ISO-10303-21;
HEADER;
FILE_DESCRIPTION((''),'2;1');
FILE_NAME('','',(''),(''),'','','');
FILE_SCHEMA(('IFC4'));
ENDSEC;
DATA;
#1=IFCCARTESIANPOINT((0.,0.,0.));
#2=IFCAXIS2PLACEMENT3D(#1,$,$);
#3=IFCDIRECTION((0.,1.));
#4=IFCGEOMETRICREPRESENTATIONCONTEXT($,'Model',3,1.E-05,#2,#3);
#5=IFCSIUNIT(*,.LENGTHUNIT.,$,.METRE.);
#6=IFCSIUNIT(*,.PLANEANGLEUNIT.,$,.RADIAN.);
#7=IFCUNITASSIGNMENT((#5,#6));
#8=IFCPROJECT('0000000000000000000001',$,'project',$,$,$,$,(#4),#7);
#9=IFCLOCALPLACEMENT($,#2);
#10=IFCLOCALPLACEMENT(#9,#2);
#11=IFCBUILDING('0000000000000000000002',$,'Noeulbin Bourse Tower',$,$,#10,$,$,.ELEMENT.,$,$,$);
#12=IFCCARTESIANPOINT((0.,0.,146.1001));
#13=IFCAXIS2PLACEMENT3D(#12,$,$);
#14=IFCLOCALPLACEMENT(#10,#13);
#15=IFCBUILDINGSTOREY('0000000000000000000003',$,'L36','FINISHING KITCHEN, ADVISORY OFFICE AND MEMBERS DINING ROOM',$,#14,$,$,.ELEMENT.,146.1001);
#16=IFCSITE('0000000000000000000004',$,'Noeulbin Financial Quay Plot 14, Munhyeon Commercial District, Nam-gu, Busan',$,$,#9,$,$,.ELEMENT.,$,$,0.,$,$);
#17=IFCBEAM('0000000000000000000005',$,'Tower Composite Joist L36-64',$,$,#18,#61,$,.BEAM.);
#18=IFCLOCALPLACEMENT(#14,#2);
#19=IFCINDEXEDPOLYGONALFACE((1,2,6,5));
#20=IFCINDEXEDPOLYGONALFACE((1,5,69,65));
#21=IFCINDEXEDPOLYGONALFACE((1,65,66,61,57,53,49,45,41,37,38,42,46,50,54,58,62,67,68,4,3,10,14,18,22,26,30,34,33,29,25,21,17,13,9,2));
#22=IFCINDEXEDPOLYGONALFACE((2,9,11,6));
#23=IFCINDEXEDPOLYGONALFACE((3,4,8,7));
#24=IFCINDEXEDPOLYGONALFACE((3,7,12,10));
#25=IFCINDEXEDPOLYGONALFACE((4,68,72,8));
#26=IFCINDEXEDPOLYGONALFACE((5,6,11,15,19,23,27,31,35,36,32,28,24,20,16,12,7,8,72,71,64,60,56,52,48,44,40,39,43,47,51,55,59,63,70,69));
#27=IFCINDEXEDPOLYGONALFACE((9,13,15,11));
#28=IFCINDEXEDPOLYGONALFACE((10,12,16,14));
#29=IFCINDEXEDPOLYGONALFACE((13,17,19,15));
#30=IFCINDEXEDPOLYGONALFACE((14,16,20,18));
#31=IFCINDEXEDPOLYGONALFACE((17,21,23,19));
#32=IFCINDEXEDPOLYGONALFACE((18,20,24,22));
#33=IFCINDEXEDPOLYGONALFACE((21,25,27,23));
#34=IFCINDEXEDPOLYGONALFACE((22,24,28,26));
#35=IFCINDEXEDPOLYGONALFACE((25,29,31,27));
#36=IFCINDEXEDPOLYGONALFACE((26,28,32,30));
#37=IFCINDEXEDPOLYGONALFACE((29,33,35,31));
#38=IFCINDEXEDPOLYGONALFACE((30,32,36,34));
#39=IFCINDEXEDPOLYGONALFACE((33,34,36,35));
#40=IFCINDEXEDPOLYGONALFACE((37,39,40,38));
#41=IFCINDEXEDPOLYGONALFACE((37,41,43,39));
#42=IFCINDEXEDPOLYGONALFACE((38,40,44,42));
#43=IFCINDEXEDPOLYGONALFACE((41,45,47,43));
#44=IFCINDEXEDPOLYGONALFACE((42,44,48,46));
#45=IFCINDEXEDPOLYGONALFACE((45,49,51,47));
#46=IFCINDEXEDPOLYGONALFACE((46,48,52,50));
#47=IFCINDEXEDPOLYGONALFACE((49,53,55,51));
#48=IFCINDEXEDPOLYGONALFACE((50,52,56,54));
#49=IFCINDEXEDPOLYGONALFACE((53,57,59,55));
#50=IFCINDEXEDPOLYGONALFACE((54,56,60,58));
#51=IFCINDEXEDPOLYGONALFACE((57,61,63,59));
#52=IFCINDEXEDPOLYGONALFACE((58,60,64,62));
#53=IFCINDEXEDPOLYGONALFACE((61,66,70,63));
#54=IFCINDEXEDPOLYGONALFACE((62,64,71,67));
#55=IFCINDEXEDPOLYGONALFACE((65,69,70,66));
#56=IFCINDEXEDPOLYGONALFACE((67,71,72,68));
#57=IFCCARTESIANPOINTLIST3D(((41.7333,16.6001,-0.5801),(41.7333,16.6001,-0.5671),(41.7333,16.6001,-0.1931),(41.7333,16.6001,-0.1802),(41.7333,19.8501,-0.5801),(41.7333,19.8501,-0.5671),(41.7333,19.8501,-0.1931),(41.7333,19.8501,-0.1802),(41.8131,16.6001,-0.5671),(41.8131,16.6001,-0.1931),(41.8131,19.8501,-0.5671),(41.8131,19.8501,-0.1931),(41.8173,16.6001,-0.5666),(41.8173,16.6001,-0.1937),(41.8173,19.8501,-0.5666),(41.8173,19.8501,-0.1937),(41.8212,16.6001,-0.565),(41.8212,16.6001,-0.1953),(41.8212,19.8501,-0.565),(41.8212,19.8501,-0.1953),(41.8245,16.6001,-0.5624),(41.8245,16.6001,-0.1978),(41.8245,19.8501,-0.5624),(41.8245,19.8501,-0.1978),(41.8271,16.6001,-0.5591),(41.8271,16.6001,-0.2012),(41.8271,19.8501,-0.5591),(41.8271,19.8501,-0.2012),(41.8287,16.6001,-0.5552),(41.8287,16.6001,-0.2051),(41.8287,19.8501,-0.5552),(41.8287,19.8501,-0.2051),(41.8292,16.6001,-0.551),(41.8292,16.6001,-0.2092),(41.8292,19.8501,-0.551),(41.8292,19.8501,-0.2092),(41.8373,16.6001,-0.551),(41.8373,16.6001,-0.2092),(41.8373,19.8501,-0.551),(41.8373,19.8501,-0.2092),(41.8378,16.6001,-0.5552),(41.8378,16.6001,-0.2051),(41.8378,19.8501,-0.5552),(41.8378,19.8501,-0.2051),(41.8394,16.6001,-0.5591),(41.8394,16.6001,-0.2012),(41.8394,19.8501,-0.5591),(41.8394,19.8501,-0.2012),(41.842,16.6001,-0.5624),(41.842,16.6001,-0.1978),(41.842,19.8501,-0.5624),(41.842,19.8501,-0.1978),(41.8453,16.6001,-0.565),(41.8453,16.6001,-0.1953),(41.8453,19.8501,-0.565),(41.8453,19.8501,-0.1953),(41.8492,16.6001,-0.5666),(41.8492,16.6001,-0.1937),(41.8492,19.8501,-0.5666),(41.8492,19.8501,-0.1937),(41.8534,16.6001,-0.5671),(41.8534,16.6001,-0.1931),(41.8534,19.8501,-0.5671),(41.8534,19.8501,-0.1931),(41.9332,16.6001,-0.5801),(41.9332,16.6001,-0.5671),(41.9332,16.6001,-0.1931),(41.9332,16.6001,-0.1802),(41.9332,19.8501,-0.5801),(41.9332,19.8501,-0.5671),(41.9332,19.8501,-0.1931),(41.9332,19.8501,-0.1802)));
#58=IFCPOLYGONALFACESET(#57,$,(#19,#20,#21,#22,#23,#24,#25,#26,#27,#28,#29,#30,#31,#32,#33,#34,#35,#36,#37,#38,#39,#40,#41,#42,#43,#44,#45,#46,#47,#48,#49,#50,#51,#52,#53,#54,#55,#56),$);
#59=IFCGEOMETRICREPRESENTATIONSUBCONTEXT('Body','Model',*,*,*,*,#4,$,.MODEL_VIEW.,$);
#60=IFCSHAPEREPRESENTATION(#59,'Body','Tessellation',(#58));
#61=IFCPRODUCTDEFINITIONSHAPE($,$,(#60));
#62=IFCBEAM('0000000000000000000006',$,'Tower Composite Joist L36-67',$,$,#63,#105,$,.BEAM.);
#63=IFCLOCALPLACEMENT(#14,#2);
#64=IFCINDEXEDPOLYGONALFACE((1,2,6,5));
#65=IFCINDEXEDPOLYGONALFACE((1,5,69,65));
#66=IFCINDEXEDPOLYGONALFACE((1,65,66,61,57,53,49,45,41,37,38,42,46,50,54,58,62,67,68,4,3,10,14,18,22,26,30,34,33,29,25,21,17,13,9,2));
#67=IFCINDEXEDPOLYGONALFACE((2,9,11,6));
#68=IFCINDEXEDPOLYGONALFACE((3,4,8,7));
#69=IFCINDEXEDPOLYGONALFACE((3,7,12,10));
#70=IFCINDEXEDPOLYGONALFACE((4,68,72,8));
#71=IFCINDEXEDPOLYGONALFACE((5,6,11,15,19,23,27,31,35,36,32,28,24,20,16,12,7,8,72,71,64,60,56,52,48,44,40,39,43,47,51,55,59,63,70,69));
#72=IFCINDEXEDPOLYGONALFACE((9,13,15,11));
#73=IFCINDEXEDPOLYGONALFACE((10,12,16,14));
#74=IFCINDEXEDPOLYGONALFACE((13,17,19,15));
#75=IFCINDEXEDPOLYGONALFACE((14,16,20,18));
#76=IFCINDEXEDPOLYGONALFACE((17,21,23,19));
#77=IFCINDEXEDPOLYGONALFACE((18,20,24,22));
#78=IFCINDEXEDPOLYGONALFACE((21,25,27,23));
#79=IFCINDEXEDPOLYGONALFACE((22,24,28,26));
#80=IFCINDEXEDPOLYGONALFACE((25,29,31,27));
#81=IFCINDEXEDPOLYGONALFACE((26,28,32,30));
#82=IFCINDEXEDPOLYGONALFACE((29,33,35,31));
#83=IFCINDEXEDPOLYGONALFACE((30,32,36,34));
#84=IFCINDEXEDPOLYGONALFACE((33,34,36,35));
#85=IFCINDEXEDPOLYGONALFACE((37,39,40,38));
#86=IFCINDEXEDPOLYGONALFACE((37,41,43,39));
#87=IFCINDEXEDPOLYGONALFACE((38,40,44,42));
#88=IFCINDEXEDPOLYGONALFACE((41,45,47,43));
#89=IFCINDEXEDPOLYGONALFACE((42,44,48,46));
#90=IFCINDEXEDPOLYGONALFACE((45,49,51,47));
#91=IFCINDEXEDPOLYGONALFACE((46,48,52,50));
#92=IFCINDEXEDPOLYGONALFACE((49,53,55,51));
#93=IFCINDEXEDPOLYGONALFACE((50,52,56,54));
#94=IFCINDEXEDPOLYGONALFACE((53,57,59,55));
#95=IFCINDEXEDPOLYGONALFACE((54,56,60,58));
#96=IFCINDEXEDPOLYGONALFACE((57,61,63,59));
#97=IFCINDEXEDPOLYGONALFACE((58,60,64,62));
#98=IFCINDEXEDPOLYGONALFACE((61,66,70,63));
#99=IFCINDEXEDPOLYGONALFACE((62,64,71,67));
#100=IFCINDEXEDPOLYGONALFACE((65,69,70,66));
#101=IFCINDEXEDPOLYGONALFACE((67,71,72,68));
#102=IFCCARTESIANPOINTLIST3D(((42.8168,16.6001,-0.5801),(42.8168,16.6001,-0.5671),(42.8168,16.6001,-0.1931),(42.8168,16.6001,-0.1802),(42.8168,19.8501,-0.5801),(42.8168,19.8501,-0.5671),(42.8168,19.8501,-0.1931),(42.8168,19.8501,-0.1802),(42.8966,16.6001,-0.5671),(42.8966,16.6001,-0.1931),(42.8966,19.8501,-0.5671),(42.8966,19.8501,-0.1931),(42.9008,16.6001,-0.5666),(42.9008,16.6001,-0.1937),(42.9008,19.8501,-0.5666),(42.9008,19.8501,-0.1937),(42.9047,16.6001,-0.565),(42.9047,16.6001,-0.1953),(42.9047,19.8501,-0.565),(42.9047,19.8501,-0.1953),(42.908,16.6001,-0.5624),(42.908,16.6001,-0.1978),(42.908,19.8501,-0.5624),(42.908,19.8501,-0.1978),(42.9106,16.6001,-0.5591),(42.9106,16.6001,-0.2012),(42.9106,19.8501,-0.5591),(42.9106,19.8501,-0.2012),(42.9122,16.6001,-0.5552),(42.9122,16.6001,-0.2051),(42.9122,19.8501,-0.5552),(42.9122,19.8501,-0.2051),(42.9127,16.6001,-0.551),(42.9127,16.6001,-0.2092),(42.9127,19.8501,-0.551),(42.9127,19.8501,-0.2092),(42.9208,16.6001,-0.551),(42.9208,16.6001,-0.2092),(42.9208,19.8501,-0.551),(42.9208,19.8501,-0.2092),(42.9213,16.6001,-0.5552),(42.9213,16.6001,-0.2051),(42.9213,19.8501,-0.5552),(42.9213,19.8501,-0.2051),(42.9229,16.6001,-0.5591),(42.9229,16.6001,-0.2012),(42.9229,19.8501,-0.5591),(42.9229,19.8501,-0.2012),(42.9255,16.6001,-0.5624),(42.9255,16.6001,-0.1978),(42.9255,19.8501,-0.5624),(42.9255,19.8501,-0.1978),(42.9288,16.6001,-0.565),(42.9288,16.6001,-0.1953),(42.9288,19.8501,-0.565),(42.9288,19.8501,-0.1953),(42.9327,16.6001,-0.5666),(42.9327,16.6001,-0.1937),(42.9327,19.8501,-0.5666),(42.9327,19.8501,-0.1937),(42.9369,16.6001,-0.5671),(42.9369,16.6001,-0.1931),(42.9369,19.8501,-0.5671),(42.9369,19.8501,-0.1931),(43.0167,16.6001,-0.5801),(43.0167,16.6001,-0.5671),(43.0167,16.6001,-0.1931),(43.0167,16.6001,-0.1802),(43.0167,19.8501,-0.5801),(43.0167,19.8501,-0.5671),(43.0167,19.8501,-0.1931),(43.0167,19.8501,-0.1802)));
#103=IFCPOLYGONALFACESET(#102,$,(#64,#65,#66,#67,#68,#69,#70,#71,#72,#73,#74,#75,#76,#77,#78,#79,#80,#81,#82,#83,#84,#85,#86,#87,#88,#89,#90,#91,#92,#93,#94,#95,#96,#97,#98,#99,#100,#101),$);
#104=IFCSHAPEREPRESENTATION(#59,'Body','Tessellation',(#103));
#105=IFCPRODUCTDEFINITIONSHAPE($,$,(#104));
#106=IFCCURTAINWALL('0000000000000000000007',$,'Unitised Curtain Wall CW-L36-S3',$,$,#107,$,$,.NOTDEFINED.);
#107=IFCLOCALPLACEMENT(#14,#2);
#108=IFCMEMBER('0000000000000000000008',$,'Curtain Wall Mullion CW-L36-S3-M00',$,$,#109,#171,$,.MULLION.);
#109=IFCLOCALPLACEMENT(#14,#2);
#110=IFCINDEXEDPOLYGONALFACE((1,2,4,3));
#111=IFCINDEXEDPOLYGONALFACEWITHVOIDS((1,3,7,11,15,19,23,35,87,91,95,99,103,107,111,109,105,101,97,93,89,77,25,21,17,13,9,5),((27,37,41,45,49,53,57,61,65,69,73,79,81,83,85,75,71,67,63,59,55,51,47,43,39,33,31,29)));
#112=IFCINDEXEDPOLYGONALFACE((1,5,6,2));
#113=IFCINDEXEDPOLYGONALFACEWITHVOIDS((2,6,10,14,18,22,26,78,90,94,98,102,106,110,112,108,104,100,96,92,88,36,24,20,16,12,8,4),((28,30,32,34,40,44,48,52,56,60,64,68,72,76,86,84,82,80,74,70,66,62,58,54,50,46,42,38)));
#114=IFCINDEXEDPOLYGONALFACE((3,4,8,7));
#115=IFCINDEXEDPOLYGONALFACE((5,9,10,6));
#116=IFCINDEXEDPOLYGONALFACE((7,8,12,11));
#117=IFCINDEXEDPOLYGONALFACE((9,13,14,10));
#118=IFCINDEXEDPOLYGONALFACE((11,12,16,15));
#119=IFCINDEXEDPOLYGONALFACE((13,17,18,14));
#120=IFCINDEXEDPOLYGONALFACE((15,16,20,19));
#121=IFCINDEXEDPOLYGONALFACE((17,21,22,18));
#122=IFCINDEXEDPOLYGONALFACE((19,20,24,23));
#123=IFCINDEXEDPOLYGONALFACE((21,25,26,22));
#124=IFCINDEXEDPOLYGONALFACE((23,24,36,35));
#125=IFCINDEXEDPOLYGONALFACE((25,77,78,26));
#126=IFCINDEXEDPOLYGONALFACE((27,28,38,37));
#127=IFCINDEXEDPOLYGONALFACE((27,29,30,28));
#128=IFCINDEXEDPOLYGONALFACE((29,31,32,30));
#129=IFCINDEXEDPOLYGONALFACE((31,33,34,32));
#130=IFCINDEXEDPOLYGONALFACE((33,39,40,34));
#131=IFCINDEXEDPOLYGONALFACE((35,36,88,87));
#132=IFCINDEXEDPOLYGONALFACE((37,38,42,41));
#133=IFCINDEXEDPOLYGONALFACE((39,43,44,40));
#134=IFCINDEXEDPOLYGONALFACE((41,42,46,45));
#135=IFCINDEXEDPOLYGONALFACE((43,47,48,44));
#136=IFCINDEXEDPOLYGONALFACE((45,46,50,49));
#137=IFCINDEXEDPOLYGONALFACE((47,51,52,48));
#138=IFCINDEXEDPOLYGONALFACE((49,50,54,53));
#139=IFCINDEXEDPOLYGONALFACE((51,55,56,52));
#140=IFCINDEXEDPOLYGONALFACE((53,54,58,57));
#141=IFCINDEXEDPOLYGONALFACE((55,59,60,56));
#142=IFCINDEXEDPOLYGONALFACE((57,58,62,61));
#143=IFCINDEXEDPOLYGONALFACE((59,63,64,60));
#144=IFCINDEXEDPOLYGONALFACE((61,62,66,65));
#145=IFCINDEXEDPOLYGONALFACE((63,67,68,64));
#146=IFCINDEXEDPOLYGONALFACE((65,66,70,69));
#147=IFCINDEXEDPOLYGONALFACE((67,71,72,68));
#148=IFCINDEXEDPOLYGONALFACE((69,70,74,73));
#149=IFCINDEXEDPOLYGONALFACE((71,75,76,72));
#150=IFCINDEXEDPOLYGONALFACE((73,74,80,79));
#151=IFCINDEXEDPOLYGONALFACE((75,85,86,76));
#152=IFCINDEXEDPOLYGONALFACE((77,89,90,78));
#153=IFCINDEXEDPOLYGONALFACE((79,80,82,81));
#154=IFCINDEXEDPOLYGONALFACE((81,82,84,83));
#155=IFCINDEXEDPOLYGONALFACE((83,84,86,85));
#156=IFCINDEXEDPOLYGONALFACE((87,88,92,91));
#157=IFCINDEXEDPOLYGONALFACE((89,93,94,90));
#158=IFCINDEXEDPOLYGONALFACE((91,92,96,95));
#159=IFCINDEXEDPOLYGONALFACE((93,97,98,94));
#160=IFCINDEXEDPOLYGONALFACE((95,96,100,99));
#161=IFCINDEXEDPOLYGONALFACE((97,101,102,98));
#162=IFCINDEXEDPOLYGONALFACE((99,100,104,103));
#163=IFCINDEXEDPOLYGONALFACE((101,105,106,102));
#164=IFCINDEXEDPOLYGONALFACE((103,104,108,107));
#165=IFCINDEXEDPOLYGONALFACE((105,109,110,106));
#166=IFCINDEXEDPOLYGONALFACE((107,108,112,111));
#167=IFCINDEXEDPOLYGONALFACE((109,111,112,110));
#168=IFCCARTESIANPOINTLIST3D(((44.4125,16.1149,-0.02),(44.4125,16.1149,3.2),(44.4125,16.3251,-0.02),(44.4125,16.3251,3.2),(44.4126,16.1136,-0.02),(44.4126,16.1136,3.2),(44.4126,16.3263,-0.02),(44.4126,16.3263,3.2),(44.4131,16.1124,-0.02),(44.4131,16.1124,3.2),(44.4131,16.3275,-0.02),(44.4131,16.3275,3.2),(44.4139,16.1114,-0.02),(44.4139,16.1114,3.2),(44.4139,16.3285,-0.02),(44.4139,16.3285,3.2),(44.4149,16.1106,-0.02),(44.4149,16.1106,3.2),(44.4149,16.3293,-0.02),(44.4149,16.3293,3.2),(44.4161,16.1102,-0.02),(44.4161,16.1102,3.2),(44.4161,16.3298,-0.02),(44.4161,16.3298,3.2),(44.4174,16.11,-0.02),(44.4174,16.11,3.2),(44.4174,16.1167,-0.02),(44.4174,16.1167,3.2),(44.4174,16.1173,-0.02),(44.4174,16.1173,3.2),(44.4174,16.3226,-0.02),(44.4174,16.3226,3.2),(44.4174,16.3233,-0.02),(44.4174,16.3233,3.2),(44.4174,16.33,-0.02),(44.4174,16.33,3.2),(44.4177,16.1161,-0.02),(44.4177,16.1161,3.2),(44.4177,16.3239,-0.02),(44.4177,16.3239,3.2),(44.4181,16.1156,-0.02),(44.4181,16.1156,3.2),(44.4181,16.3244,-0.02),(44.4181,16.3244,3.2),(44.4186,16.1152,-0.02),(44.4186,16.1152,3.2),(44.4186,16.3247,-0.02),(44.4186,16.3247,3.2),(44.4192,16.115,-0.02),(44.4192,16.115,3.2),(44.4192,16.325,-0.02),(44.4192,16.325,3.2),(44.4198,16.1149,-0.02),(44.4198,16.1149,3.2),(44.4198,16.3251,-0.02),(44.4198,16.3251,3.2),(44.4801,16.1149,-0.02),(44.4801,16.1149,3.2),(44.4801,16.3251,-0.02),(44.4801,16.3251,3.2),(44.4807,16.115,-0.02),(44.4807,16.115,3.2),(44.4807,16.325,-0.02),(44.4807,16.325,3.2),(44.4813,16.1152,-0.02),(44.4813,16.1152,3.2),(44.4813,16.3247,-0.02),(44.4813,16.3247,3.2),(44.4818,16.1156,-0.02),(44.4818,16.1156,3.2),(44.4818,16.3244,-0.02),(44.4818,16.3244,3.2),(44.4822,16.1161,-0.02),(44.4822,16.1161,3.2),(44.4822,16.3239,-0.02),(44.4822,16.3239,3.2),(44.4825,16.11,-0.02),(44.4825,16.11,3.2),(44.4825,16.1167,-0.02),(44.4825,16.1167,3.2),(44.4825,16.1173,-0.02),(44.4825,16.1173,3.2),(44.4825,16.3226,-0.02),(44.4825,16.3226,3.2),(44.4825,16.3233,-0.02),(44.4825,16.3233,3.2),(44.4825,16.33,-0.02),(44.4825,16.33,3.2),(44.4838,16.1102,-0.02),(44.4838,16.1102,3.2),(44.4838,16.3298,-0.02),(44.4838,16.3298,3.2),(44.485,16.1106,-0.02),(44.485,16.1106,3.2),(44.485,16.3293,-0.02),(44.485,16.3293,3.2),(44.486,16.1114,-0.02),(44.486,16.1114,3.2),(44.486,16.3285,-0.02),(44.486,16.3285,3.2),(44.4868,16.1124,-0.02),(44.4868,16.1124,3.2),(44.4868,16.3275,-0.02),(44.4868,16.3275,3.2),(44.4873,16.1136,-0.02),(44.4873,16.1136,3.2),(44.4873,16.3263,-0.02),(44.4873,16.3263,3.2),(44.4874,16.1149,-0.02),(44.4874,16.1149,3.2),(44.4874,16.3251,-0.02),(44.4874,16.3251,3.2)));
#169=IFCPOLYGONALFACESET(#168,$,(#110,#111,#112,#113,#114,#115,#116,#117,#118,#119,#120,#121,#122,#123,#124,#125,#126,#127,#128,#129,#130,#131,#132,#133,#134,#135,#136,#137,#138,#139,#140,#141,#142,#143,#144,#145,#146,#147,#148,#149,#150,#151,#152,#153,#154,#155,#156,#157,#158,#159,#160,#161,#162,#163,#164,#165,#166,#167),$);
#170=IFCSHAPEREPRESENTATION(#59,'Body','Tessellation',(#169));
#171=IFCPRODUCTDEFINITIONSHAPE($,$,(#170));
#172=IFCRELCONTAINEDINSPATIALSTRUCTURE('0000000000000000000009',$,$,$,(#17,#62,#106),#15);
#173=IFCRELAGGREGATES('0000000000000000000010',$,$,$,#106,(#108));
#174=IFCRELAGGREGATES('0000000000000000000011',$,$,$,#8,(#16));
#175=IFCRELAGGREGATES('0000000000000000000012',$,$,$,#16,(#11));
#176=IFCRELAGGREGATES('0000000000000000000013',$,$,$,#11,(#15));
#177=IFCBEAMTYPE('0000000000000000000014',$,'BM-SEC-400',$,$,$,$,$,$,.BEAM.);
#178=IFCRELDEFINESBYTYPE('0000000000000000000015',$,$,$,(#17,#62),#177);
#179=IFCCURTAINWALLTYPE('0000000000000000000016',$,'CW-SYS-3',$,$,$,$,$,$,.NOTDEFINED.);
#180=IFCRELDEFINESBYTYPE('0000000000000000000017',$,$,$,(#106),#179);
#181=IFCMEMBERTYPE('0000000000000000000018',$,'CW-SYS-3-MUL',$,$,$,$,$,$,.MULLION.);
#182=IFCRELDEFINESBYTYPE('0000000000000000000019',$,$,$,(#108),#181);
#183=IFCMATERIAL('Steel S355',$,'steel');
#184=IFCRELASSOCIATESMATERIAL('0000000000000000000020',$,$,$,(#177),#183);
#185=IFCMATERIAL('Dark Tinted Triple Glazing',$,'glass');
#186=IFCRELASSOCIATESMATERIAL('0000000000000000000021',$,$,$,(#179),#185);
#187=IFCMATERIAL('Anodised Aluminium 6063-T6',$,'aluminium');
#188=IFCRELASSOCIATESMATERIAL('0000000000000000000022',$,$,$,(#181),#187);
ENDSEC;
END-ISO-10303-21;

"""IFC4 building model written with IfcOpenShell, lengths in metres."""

from ifc_helpers import new_model, si_unit, direction, frame, origin, origin_2d, place, context, subcontext, project, spatial, hollow_rectangle, i_section, extrude, material, material_profile, profile_set, type_object, element, aggregate, save


model = new_model("IFC4")

# Units and contexts
model_context = context("Model", 3, precision=1e-05, world=origin(), true_north=direction((0.0, 1.0)))
body_context = subcontext(model_context, "Body", "Model", "MODEL_VIEW")
ifc_project = project(units=[si_unit("LENGTHUNIT", "METRE"), si_unit("PLANEANGLEUNIT", "RADIAN")], contexts=[model_context])

# Site, building, storey
site_placement = place(None, origin())
site = spatial("IfcSite", under=ifc_project, at=site_placement, Name="Noeulbin Financial Quay Plot 14, Munhyeon Commercial District, Nam-gu, Busan", CompositionType="ELEMENT", RefElevation=0.0)
building_placement = place(site_placement, origin())
building = spatial("IfcBuilding", under=site, at=building_placement, Name="Noeulbin Bourse Tower", CompositionType="ELEMENT")
storey_placement = place(building_placement, frame((0.0, 0.0, 146.1001)))
storey = spatial("IfcBuildingStorey", under=building, at=storey_placement, Name="L36", Description="FINISHING KITCHEN, ADVISORY OFFICE AND MEMBERS DINING ROOM", CompositionType="ELEMENT", Elevation=146.1001)

# Shared definitions
ifc_material_1 = material(Name="Steel S355", Category="steel")

# Beams
ifc_material_profile_1 = material_profile(ifc_material_1, i_section(OverallWidth=0.2, OverallDepth=0.3999, WebThickness=0.0081, FlangeThickness=0.0129, FilletRadius=0.0161, at=origin_2d()), Name="H-400x200x8x13", Category="LoadBearing")
ifc_profile_set_1 = profile_set([ifc_material_profile_1], Name="Steel S355")
beam_type_1 = type_object("IfcBeamType", Name="BM-SEC-400", PredefinedType="BEAM", material=ifc_profile_set_1)
for number, where, z_axis, x_axis, name in (
    (1, (41.8333, 16.6001, -0.3801), (0.0, 1.0, 0.0), (-1.0, 0.0, 0.0), "Tower Composite Joist L36-64"),
    (2, (42.9167, 16.6001, -0.3801), (0.0, 1.0, 0.0), (-1.0, 0.0, 0.0), "Tower Composite Joist L36-67"),
):
    element("IfcBeam", number, at=place(storey_placement, frame(where, z_axis=z_axis, x_axis=x_axis)), inside=storey, type_object=beam_type_1, Name=name, PredefinedType="BEAM", context=body_context, shape_type="SweptSolid", body=[
        extrude(i_section(OverallWidth=0.2, OverallDepth=0.3999, WebThickness=0.0081, FlangeThickness=0.0129, FilletRadius=0.0161, at=origin_2d()), origin(), (0.0, 0.0, 1.0), 3.25),
    ])

# Curtain wall, member
ifc_material_2 = material(Name="Dark Tinted Triple Glazing", Category="glass")
curtain_wall_type = type_object("IfcCurtainWallType", Name="CW-SYS-3", PredefinedType="NOTDEFINED", material=ifc_material_2)
curtain_wall_placement = place(storey_placement, origin())
curtain_wall = element("IfcCurtainWall", 3, at=curtain_wall_placement, inside=storey, type_object=curtain_wall_type, Name="Unitised Curtain Wall CW-L36-S3", PredefinedType="NOTDEFINED")
ifc_material_3 = material(Name="Anodised Aluminium 6063-T6", Category="aluminium")
ifc_material_profile_2 = material_profile(ifc_material_3, hollow_rectangle(XDim=0.075, YDim=0.22, WallThickness=0.0049, InnerFilletRadius=0.0024, OuterFilletRadius=0.0049, at=origin_2d()), Name="ALU-MULL-75x220x5", Category="LoadBearing")
ifc_profile_set_2 = profile_set([ifc_material_profile_2], Name="Anodised Aluminium 6063-T6")
member_type_1 = type_object("IfcMemberType", Name="CW-SYS-3-MUL", PredefinedType="MULLION", material=ifc_profile_set_2)
member_1_placement = place(storey_placement, frame((44.45, 16.22, -0.02), z_axis=(0.0, 0.0, 1.0), x_axis=(1.0, 0.0, 0.0)))
member_1 = element("IfcMember", 4, at=member_1_placement, type_object=member_type_1, Name="Curtain Wall Mullion CW-L36-S3-M00", PredefinedType="MULLION", context=body_context, shape_type="SweptSolid", body=[
    extrude(hollow_rectangle(XDim=0.075, YDim=0.22, WallThickness=0.0049, InnerFilletRadius=0.0024, OuterFilletRadius=0.0049, at=origin_2d()), origin(), (0.0, 0.0, 1.0), 3.22),
])
aggregate(curtain_wall, [member_1])

save(model, "model.ifc")
